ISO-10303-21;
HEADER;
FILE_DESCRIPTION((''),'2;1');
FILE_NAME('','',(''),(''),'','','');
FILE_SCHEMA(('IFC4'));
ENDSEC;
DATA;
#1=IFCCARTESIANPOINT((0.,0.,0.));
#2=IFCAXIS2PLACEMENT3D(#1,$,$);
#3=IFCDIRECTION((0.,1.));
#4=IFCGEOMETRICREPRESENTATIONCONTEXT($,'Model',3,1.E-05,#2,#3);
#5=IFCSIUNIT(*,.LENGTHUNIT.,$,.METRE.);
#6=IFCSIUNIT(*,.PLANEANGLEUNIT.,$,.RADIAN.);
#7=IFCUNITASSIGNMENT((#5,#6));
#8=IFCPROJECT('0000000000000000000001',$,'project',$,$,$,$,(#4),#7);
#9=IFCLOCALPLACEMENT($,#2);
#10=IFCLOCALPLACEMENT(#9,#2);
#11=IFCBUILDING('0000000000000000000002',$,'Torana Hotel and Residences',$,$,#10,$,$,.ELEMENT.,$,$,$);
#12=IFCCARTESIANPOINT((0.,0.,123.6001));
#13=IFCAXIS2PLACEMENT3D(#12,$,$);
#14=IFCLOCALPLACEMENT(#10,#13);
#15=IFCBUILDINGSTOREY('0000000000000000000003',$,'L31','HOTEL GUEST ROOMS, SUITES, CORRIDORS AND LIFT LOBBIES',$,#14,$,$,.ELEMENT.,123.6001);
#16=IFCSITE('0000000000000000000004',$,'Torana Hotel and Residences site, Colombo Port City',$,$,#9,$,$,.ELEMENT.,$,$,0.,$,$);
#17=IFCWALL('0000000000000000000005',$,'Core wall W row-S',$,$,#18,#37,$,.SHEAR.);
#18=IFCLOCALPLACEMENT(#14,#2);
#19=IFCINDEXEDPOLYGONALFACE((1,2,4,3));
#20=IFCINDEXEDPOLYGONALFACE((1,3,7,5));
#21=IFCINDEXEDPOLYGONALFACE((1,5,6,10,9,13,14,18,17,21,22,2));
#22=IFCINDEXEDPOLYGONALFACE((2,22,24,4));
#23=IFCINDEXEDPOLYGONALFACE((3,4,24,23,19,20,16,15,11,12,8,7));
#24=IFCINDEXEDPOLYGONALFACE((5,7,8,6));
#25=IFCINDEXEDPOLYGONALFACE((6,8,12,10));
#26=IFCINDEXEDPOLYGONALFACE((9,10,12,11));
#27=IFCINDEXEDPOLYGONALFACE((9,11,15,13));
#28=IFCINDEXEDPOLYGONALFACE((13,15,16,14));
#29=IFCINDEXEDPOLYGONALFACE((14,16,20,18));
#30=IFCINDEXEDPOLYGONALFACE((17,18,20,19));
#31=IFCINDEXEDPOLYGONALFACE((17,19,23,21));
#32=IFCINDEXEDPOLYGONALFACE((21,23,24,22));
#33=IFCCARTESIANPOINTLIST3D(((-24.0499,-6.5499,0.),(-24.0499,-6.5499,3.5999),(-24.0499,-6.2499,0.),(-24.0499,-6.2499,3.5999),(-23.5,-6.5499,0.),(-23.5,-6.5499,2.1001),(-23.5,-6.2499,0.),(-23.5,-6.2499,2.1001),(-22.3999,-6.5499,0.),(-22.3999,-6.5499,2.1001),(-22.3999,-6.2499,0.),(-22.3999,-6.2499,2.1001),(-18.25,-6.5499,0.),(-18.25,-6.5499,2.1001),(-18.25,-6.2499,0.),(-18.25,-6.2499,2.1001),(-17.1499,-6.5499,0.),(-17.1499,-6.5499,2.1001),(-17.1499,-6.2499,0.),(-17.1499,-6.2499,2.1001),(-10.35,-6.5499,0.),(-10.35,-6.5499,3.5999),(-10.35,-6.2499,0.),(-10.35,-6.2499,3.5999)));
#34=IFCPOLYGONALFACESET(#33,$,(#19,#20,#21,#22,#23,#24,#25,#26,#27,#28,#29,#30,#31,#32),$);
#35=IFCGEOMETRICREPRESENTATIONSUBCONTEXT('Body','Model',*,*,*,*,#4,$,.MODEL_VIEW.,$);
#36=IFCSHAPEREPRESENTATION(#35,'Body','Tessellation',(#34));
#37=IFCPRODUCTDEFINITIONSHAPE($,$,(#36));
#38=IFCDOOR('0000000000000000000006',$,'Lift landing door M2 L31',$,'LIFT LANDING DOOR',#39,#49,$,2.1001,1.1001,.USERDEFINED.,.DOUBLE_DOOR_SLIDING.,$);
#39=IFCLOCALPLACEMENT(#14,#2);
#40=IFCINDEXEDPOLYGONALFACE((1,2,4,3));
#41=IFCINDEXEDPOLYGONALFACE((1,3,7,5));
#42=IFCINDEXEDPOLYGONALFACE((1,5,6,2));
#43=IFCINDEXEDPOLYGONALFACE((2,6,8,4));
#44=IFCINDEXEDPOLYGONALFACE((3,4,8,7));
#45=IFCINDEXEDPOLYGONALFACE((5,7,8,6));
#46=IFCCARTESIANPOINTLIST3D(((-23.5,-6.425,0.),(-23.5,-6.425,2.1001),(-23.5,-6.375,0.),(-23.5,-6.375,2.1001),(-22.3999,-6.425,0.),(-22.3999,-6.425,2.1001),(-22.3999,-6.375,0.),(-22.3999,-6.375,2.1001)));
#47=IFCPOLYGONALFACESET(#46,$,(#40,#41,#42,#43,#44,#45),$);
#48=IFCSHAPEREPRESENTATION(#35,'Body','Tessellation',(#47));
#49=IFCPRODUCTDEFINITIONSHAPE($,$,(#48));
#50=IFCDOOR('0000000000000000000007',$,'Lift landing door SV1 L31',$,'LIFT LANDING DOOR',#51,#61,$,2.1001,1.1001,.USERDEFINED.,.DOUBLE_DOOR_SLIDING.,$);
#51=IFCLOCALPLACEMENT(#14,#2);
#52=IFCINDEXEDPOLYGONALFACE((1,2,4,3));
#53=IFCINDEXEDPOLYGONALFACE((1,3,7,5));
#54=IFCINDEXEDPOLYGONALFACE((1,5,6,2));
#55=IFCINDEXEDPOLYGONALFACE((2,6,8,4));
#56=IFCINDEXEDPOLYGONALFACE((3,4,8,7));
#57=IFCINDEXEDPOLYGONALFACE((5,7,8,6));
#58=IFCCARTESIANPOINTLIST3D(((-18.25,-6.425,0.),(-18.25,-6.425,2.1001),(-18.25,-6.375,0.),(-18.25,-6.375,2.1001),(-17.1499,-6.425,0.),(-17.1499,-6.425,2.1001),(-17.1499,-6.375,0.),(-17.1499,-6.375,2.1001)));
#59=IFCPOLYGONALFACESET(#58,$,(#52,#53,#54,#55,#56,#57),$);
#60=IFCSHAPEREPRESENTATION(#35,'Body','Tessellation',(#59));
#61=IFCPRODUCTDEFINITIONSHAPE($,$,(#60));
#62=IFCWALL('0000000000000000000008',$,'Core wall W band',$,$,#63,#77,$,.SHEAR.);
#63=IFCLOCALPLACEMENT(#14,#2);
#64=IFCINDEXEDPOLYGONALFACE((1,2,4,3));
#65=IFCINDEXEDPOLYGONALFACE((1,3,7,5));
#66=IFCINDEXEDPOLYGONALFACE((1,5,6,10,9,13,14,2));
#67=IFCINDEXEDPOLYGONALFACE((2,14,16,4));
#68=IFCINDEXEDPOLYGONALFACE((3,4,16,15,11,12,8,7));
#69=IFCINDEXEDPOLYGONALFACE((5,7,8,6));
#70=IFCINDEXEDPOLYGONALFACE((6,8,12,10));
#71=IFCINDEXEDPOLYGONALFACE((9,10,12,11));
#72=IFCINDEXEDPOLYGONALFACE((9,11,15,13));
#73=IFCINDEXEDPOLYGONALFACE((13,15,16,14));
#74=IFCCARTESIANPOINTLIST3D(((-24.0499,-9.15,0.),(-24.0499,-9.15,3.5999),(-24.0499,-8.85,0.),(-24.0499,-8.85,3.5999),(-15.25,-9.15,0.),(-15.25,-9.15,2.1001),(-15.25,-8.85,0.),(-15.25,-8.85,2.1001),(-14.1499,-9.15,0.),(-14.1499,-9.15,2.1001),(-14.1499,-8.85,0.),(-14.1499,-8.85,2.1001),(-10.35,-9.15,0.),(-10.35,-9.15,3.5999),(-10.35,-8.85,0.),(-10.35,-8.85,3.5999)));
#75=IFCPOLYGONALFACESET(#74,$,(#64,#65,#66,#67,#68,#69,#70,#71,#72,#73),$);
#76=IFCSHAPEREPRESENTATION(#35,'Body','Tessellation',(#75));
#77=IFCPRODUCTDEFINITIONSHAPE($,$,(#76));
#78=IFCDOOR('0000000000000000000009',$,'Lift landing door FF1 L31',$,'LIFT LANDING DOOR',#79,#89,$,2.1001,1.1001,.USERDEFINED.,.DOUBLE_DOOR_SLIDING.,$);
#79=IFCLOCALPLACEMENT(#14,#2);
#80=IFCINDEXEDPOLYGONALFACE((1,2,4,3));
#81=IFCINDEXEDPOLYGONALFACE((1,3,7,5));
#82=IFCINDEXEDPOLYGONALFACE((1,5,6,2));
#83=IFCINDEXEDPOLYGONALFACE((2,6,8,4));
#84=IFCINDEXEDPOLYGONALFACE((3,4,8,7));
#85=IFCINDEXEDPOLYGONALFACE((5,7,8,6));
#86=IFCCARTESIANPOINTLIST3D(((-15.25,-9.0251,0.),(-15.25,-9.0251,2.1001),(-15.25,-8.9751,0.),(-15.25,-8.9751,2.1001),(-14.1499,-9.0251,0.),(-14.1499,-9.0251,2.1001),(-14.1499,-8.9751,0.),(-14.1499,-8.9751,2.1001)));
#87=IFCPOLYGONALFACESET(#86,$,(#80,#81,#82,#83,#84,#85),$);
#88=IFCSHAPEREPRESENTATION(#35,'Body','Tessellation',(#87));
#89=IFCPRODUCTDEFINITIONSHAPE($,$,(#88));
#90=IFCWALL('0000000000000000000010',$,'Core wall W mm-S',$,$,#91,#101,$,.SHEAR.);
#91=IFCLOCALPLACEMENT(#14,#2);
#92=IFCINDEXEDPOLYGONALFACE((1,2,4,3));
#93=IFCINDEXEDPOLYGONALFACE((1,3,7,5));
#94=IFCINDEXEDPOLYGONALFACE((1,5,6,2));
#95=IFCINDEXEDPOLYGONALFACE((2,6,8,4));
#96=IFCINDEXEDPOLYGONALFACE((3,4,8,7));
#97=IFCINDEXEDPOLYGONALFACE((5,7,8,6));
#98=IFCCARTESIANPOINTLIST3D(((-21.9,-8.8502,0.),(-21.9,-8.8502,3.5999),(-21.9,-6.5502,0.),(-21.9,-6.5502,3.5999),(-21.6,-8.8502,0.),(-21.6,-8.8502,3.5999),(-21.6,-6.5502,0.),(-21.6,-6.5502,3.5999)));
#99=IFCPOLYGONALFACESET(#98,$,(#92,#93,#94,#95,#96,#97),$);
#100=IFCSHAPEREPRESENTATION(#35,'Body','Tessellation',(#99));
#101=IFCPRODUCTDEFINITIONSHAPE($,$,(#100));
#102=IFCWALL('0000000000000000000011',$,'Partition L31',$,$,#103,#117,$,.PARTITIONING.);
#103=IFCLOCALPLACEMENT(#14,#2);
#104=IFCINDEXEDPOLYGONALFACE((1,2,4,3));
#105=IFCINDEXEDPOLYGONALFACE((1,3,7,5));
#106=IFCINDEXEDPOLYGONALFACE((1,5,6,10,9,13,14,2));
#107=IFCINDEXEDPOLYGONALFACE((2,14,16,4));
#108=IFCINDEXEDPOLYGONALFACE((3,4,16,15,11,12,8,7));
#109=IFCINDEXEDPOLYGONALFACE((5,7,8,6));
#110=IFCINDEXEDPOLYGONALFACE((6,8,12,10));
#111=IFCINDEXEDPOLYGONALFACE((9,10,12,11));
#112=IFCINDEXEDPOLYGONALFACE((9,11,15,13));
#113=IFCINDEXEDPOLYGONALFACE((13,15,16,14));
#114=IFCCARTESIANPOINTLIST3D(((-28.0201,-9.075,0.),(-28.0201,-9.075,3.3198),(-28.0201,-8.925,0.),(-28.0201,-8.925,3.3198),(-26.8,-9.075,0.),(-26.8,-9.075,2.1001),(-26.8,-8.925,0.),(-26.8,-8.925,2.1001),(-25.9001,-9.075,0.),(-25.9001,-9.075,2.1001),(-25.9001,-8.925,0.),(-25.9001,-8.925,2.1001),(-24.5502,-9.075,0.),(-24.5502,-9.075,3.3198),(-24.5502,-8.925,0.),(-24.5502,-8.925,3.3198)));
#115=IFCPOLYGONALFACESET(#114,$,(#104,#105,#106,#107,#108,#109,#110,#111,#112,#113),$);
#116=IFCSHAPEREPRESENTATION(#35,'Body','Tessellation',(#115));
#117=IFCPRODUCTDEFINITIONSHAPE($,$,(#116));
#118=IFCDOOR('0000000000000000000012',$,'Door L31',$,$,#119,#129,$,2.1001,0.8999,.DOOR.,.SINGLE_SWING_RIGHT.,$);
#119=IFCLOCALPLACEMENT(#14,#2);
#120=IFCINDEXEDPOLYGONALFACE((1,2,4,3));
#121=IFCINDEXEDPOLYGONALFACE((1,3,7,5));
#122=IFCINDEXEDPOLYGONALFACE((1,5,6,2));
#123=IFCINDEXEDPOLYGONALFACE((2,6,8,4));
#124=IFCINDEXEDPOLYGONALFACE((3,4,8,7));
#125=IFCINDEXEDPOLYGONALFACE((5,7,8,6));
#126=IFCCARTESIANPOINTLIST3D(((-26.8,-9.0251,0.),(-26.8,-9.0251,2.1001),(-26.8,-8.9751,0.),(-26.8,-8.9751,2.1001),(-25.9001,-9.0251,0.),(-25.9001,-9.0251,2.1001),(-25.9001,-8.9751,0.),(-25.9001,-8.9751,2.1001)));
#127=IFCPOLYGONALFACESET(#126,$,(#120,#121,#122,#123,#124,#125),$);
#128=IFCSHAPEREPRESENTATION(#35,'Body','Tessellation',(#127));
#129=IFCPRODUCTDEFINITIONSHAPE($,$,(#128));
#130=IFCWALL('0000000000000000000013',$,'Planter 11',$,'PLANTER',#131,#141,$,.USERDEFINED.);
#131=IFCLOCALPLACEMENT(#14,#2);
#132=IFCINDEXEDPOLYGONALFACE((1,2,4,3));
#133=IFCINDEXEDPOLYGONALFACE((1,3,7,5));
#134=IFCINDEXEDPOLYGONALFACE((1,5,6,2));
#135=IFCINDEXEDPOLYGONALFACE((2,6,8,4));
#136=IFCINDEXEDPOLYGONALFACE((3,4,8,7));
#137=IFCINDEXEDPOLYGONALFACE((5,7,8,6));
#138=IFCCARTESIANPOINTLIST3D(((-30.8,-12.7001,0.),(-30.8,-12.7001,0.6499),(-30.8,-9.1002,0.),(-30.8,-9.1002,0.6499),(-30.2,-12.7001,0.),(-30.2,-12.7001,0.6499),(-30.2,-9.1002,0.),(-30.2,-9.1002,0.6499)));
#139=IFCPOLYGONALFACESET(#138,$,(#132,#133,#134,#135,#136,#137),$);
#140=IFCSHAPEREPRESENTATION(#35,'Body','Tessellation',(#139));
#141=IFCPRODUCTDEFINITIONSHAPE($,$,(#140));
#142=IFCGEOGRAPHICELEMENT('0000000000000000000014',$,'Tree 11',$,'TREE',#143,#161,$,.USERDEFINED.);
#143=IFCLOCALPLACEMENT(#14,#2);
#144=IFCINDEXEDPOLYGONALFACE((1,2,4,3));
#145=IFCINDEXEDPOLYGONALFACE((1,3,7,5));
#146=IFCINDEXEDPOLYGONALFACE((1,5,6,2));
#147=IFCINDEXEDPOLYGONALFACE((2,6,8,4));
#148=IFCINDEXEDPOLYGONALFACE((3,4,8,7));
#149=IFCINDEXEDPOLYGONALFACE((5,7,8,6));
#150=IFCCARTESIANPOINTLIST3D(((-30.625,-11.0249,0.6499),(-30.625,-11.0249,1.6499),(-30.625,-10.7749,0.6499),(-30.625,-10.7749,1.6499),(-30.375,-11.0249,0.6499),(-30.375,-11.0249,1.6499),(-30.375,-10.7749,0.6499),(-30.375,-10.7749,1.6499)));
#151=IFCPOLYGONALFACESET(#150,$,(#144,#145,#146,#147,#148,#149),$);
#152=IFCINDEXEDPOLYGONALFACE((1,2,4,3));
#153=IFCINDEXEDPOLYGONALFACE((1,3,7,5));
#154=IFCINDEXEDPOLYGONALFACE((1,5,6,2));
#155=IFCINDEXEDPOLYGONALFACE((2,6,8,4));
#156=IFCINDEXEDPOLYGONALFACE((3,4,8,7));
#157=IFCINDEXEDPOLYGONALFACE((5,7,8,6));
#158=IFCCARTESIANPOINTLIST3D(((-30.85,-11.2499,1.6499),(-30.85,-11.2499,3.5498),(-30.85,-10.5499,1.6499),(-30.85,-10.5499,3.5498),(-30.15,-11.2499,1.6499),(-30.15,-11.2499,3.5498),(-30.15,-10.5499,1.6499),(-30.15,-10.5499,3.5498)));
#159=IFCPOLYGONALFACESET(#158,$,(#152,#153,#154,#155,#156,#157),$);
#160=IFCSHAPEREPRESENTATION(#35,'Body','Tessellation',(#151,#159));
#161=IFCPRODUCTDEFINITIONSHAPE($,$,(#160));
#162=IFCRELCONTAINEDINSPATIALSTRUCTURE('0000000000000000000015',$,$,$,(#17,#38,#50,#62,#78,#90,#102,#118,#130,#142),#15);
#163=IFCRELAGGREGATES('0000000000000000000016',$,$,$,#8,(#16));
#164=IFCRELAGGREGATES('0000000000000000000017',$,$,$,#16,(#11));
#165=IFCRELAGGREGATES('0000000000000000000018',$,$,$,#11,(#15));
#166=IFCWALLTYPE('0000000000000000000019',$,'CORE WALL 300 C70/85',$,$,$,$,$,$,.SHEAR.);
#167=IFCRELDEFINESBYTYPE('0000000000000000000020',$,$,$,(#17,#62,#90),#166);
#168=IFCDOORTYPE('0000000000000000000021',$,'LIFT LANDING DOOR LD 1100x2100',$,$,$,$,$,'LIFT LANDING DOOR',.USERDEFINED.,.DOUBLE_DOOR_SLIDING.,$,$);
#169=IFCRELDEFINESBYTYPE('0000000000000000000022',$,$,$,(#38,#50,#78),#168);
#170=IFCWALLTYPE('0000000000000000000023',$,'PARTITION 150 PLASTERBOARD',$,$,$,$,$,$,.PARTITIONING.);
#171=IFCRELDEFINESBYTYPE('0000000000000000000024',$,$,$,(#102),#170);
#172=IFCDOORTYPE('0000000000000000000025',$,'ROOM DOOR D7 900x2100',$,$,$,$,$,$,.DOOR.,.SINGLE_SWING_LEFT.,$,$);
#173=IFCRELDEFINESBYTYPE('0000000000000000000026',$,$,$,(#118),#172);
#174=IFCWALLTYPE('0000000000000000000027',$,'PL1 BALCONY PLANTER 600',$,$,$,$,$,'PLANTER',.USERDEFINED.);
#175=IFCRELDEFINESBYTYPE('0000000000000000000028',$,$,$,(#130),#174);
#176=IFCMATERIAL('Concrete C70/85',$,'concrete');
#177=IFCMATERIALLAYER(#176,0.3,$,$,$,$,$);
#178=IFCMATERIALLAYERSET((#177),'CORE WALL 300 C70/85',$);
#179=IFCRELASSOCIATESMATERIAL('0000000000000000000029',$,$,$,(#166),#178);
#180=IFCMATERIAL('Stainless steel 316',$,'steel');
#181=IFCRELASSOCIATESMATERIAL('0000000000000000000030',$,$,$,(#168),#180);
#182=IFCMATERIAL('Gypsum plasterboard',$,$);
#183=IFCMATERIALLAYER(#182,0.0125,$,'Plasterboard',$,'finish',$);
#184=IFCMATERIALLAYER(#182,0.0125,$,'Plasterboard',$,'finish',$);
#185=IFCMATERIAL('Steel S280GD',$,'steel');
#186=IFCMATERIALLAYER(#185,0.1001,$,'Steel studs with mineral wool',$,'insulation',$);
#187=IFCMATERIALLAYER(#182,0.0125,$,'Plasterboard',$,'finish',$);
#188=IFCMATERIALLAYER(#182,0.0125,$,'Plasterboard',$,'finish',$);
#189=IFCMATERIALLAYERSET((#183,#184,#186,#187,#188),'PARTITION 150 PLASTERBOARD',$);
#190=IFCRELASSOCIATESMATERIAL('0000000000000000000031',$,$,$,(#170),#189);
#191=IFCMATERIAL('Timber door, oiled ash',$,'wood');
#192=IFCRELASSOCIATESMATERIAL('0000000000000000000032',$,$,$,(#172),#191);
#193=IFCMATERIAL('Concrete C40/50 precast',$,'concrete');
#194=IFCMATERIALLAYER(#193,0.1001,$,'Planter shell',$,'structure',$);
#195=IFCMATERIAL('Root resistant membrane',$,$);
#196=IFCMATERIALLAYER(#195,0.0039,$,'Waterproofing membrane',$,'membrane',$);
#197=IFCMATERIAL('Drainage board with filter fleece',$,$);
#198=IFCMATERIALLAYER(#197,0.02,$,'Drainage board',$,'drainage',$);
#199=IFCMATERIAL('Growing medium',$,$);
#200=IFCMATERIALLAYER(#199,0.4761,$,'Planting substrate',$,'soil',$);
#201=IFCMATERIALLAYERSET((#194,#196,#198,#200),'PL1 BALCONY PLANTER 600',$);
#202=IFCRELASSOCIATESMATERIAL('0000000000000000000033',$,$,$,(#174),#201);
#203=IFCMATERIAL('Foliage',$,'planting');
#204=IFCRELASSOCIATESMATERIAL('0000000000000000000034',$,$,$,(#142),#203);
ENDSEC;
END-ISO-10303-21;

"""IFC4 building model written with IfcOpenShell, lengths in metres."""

from ifc_helpers import new_model, si_unit, direction, frame, frame_2d, origin, origin_2d, place, context, subcontext, project, spatial, rectangle, extrude, material, layer, layer_set, type_object, element, fill, save


model = new_model("IFC4")

# Units and contexts
model_context = context("Model", 3, precision=1e-05, world=origin(), true_north=direction((0.0, 1.0)))
body_context = subcontext(model_context, "Body", "Model", "MODEL_VIEW")
ifc_project = project(units=[si_unit("LENGTHUNIT", "METRE"), si_unit("PLANEANGLEUNIT", "RADIAN")], contexts=[model_context])

# Site, building, storey
site_placement = place(None, origin())
site = spatial("IfcSite", under=ifc_project, at=site_placement, Name="Torana Hotel and Residences site, Colombo Port City", CompositionType="ELEMENT", RefElevation=0.0)
building_placement = place(site_placement, origin())
building = spatial("IfcBuilding", under=site, at=building_placement, Name="Torana Hotel and Residences", CompositionType="ELEMENT")
storey_placement = place(building_placement, frame((0.0, 0.0, 123.6001)))
storey = spatial("IfcBuildingStorey", under=building, at=storey_placement, Name="L31", Description="HOTEL GUEST ROOMS, SUITES, CORRIDORS AND LIFT LOBBIES", CompositionType="ELEMENT", Elevation=123.6001)

# Wall, openings, doors
ifc_material_1 = material(Name="Concrete C70/85", Category="concrete")
ifc_layer_1 = layer(ifc_material_1, 0.3)
ifc_layer_set_1 = layer_set([ifc_layer_1], Name="CORE WALL 300 C70/85")
wall_type_1 = type_object("IfcWallType", Name="CORE WALL 300 C70/85", PredefinedType="SHEAR", material=ifc_layer_set_1)
wall_1_placement = place(storey_placement, frame((-24.05, -6.3999, 0.0), z_axis=(0.0, 0.0, 1.0), x_axis=(1.0, 0.0, 0.0)))
wall_1 = element("IfcWall", 1, at=wall_1_placement, inside=storey, type_object=wall_type_1, Name="Core wall W row-S", PredefinedType="SHEAR", context=body_context, shape_type="SweptSolid", body=[
    extrude(rectangle(XDim=13.7, YDim=0.3, at=frame_2d((6.8501, 0.0))), origin(), (0.0, 0.0, 1.0), 3.5999),
])
opening_1_placement = place(wall_1_placement, frame((0.55, 0.0, 0.0)))
opening_1 = element("IfcOpeningElement", 2, at=opening_1_placement, cuts=wall_1, PredefinedType="OPENING", context=body_context, shape_type="SweptSolid", body=[
    extrude(rectangle(XDim=1.1001, YDim=2.1001, at=frame_2d((0.55, 1.05))), frame((0.0, 0.1599, 0.0), z_axis=(0.0, -1.0, 0.0), x_axis=(1.0, 0.0, 0.0)), (0.0, 0.0, 1.0), 0.3201),
])
opening_2_placement = place(wall_1_placement, frame((5.8, 0.0, 0.0)))
opening_2 = element("IfcOpeningElement", 3, at=opening_2_placement, cuts=wall_1, PredefinedType="OPENING", context=body_context, shape_type="SweptSolid", body=[
    extrude(rectangle(XDim=1.1001, YDim=2.1001, at=frame_2d((0.55, 1.05))), frame((0.0, 0.1599, 0.0), z_axis=(0.0, -1.0, 0.0), x_axis=(1.0, 0.0, 0.0)), (0.0, 0.0, 1.0), 0.3201),
])
ifc_material_2 = material(Name="Stainless steel 316", Category="steel")
door_type_1 = type_object("IfcDoorType", Name="LIFT LANDING DOOR LD 1100x2100", ElementType="LIFT LANDING DOOR", OperationType="DOUBLE_DOOR_SLIDING", PredefinedType="USERDEFINED", material=ifc_material_2)
door_1_placement = place(opening_1_placement, origin())
door_1 = element("IfcDoor", 4, at=door_1_placement, inside=storey, type_object=door_type_1, Name="Lift landing door M2 L31", ObjectType="LIFT LANDING DOOR", OperationType="DOUBLE_DOOR_SLIDING", OverallHeight=2.1001, OverallWidth=1.1001, PredefinedType="USERDEFINED", context=body_context, shape_type="SweptSolid", body=[
    extrude(rectangle(XDim=1.1001, YDim=2.1001, at=frame_2d((0.55, 1.05))), frame((0.0, 0.0249, 0.0), z_axis=(0.0, -1.0, 0.0), x_axis=(1.0, 0.0, 0.0)), (0.0, 0.0, 1.0), 0.05),
])
fill(opening_1, door_1)
door_2_placement = place(opening_2_placement, origin())
door_2 = element("IfcDoor", 5, at=door_2_placement, inside=storey, type_object=door_type_1, Name="Lift landing door SV1 L31", ObjectType="LIFT LANDING DOOR", OperationType="DOUBLE_DOOR_SLIDING", OverallHeight=2.1001, OverallWidth=1.1001, PredefinedType="USERDEFINED", context=body_context, shape_type="SweptSolid", body=[
    extrude(rectangle(XDim=1.1001, YDim=2.1001, at=frame_2d((0.55, 1.05))), frame((0.0, 0.0249, 0.0), z_axis=(0.0, -1.0, 0.0), x_axis=(1.0, 0.0, 0.0)), (0.0, 0.0, 1.0), 0.05),
])
fill(opening_2, door_2)

# Wall, opening, door
wall_2_placement = place(storey_placement, frame((-24.05, -9.0, 0.0), z_axis=(0.0, 0.0, 1.0), x_axis=(1.0, 0.0, 0.0)))
wall_2 = element("IfcWall", 6, at=wall_2_placement, inside=storey, type_object=wall_type_1, Name="Core wall W band", PredefinedType="SHEAR", context=body_context, shape_type="SweptSolid", body=[
    extrude(rectangle(XDim=13.7, YDim=0.3, at=frame_2d((6.8501, 0.0))), origin(), (0.0, 0.0, 1.0), 3.5999),
])
opening_3_placement = place(wall_2_placement, frame((8.8, 0.0, 0.0)))
opening_3 = element("IfcOpeningElement", 7, at=opening_3_placement, cuts=wall_2, PredefinedType="OPENING", context=body_context, shape_type="SweptSolid", body=[
    extrude(rectangle(XDim=1.1001, YDim=2.1001, at=frame_2d((0.55, 1.05))), frame((0.0, 0.1599, 0.0), z_axis=(0.0, -1.0, 0.0), x_axis=(1.0, 0.0, 0.0)), (0.0, 0.0, 1.0), 0.3201),
])
door_3_placement = place(opening_3_placement, origin())
door_3 = element("IfcDoor", 8, at=door_3_placement, inside=storey, type_object=door_type_1, Name="Lift landing door FF1 L31", ObjectType="LIFT LANDING DOOR", OperationType="DOUBLE_DOOR_SLIDING", OverallHeight=2.1001, OverallWidth=1.1001, PredefinedType="USERDEFINED", context=body_context, shape_type="SweptSolid", body=[
    extrude(rectangle(XDim=1.1001, YDim=2.1001, at=frame_2d((0.55, 1.05))), frame((0.0, 0.0249, 0.0), z_axis=(0.0, -1.0, 0.0), x_axis=(1.0, 0.0, 0.0)), (0.0, 0.0, 1.0), 0.05),
])
fill(opening_3, door_3)

# Wall
wall_3_placement = place(storey_placement, frame((-21.75, -8.8501, 0.0), z_axis=(0.0, 0.0, 1.0), x_axis=(0.0, 1.0, 0.0)))
element("IfcWall", 9, at=wall_3_placement, inside=storey, type_object=wall_type_1, Name="Core wall W mm-S", PredefinedType="SHEAR", context=body_context, shape_type="SweptSolid", body=[
    extrude(rectangle(XDim=2.3, YDim=0.3, at=frame_2d((1.1499, 0.0))), origin(), (0.0, 0.0, 1.0), 3.5999),
])

# Shared definitions
ifc_material_3 = material(Name="Steel S280GD", Category="steel")

# Wall, opening, door
ifc_material_4 = material(Name="Gypsum plasterboard")
ifc_layer_2 = layer(ifc_material_4, 0.0125, Name="Plasterboard", Category="finish")
ifc_layer_3 = layer(ifc_material_4, 0.0125, Name="Plasterboard", Category="finish")
ifc_layer_4 = layer(ifc_material_3, 0.1001, Name="Steel studs with mineral wool", Category="insulation")
ifc_layer_5 = layer(ifc_material_4, 0.0125, Name="Plasterboard", Category="finish")
ifc_layer_6 = layer(ifc_material_4, 0.0125, Name="Plasterboard", Category="finish")
ifc_layer_set_2 = layer_set([ifc_layer_2, ifc_layer_3, ifc_layer_4, ifc_layer_5, ifc_layer_6], Name="PARTITION 150 PLASTERBOARD")
wall_type_2 = type_object("IfcWallType", Name="PARTITION 150 PLASTERBOARD", PredefinedType="PARTITIONING", material=ifc_layer_set_2)
wall_4_placement = place(storey_placement, frame((-28.02, -9.0, 0.0), z_axis=(0.0, 0.0, 1.0), x_axis=(1.0, 0.0, 0.0)))
wall_4 = element("IfcWall", 10, at=wall_4_placement, inside=storey, type_object=wall_type_2, Name="Partition L31", PredefinedType="PARTITIONING", context=body_context, shape_type="SweptSolid", body=[
    extrude(rectangle(XDim=3.47, YDim=0.1499, at=frame_2d((1.7349, 0.0))), origin(), (0.0, 0.0, 1.0), 3.3198),
])
opening_4_placement = place(wall_4_placement, frame((1.22, 0.0, 0.0)))
opening_4 = element("IfcOpeningElement", 11, at=opening_4_placement, cuts=wall_4, PredefinedType="OPENING", context=body_context, shape_type="SweptSolid", body=[
    extrude(rectangle(XDim=0.8999, YDim=2.1001, at=frame_2d((0.45, 1.05))), frame((0.0, 0.085, 0.0), z_axis=(0.0, -1.0, 0.0), x_axis=(1.0, 0.0, 0.0)), (0.0, 0.0, 1.0), 0.1699),
])
ifc_material_5 = material(Name="Timber door, oiled ash", Category="wood")
door_type_2 = type_object("IfcDoorType", Name="ROOM DOOR D7 900x2100", OperationType="SINGLE_SWING_LEFT", PredefinedType="DOOR", material=ifc_material_5)
door_4_placement = place(opening_4_placement, origin())
door_4 = element("IfcDoor", 12, at=door_4_placement, inside=storey, type_object=door_type_2, Name="Door L31", OperationType="SINGLE_SWING_RIGHT", OverallHeight=2.1001, OverallWidth=0.8999, PredefinedType="DOOR", context=body_context, shape_type="SweptSolid", body=[
    extrude(rectangle(XDim=0.8999, YDim=2.1001, at=frame_2d((0.45, 1.05))), frame((0.0, 0.0249, 0.0), z_axis=(0.0, -1.0, 0.0), x_axis=(1.0, 0.0, 0.0)), (0.0, 0.0, 1.0), 0.05),
])
fill(opening_4, door_4)

# Wall
ifc_material_6 = material(Name="Concrete C40/50 precast", Category="concrete")
ifc_layer_7 = layer(ifc_material_6, 0.1001, Name="Planter shell", Category="structure")
ifc_material_7 = material(Name="Root resistant membrane")
ifc_layer_8 = layer(ifc_material_7, 0.0039, Name="Waterproofing membrane", Category="membrane")
ifc_material_8 = material(Name="Drainage board with filter fleece")
ifc_layer_9 = layer(ifc_material_8, 0.02, Name="Drainage board", Category="drainage")
ifc_material_9 = material(Name="Growing medium")
ifc_layer_10 = layer(ifc_material_9, 0.4761, Name="Planting substrate", Category="soil")
ifc_layer_set_3 = layer_set([ifc_layer_7, ifc_layer_8, ifc_layer_9, ifc_layer_10], Name="PL1 BALCONY PLANTER 600")
wall_type_3 = type_object("IfcWallType", Name="PL1 BALCONY PLANTER 600", ElementType="PLANTER", PredefinedType="USERDEFINED", material=ifc_layer_set_3)
wall_5_placement = place(storey_placement, frame((-30.5, -12.7, 0.0), z_axis=(0.0, 0.0, 1.0), x_axis=(0.0, 1.0, 0.0)))
element("IfcWall", 13, at=wall_5_placement, inside=storey, type_object=wall_type_3, Name="Planter 11", ObjectType="PLANTER", PredefinedType="USERDEFINED", context=body_context, shape_type="SweptSolid", body=[
    extrude(rectangle(XDim=3.5999, YDim=0.6001, at=frame_2d((1.7998, 0.0))), origin(), (0.0, 0.0, 1.0), 0.6499),
])

# Geographic element
ifc_material_10 = material(Name="Foliage", Category="planting")
geographic_element_placement = place(storey_placement, frame((-30.5, -10.8999, 0.6499), z_axis=(0.0, 0.0, 1.0), x_axis=(1.0, 0.0, 0.0)))
element("IfcGeographicElement", 14, at=geographic_element_placement, inside=storey, material=ifc_material_10, Name="Tree 11", ObjectType="TREE", PredefinedType="USERDEFINED", context=body_context, shape_type="SweptSolid", body=[
    extrude(rectangle(XDim=0.25, YDim=0.25, at=origin_2d()), origin(), (0.0, 0.0, 1.0), 1.0),
    extrude(rectangle(XDim=0.7, YDim=0.7, at=origin_2d()), frame((0.0, 0.0, 1.0)), (0.0, 0.0, 1.0), 1.8999),
])

save(model, "model.ifc")
